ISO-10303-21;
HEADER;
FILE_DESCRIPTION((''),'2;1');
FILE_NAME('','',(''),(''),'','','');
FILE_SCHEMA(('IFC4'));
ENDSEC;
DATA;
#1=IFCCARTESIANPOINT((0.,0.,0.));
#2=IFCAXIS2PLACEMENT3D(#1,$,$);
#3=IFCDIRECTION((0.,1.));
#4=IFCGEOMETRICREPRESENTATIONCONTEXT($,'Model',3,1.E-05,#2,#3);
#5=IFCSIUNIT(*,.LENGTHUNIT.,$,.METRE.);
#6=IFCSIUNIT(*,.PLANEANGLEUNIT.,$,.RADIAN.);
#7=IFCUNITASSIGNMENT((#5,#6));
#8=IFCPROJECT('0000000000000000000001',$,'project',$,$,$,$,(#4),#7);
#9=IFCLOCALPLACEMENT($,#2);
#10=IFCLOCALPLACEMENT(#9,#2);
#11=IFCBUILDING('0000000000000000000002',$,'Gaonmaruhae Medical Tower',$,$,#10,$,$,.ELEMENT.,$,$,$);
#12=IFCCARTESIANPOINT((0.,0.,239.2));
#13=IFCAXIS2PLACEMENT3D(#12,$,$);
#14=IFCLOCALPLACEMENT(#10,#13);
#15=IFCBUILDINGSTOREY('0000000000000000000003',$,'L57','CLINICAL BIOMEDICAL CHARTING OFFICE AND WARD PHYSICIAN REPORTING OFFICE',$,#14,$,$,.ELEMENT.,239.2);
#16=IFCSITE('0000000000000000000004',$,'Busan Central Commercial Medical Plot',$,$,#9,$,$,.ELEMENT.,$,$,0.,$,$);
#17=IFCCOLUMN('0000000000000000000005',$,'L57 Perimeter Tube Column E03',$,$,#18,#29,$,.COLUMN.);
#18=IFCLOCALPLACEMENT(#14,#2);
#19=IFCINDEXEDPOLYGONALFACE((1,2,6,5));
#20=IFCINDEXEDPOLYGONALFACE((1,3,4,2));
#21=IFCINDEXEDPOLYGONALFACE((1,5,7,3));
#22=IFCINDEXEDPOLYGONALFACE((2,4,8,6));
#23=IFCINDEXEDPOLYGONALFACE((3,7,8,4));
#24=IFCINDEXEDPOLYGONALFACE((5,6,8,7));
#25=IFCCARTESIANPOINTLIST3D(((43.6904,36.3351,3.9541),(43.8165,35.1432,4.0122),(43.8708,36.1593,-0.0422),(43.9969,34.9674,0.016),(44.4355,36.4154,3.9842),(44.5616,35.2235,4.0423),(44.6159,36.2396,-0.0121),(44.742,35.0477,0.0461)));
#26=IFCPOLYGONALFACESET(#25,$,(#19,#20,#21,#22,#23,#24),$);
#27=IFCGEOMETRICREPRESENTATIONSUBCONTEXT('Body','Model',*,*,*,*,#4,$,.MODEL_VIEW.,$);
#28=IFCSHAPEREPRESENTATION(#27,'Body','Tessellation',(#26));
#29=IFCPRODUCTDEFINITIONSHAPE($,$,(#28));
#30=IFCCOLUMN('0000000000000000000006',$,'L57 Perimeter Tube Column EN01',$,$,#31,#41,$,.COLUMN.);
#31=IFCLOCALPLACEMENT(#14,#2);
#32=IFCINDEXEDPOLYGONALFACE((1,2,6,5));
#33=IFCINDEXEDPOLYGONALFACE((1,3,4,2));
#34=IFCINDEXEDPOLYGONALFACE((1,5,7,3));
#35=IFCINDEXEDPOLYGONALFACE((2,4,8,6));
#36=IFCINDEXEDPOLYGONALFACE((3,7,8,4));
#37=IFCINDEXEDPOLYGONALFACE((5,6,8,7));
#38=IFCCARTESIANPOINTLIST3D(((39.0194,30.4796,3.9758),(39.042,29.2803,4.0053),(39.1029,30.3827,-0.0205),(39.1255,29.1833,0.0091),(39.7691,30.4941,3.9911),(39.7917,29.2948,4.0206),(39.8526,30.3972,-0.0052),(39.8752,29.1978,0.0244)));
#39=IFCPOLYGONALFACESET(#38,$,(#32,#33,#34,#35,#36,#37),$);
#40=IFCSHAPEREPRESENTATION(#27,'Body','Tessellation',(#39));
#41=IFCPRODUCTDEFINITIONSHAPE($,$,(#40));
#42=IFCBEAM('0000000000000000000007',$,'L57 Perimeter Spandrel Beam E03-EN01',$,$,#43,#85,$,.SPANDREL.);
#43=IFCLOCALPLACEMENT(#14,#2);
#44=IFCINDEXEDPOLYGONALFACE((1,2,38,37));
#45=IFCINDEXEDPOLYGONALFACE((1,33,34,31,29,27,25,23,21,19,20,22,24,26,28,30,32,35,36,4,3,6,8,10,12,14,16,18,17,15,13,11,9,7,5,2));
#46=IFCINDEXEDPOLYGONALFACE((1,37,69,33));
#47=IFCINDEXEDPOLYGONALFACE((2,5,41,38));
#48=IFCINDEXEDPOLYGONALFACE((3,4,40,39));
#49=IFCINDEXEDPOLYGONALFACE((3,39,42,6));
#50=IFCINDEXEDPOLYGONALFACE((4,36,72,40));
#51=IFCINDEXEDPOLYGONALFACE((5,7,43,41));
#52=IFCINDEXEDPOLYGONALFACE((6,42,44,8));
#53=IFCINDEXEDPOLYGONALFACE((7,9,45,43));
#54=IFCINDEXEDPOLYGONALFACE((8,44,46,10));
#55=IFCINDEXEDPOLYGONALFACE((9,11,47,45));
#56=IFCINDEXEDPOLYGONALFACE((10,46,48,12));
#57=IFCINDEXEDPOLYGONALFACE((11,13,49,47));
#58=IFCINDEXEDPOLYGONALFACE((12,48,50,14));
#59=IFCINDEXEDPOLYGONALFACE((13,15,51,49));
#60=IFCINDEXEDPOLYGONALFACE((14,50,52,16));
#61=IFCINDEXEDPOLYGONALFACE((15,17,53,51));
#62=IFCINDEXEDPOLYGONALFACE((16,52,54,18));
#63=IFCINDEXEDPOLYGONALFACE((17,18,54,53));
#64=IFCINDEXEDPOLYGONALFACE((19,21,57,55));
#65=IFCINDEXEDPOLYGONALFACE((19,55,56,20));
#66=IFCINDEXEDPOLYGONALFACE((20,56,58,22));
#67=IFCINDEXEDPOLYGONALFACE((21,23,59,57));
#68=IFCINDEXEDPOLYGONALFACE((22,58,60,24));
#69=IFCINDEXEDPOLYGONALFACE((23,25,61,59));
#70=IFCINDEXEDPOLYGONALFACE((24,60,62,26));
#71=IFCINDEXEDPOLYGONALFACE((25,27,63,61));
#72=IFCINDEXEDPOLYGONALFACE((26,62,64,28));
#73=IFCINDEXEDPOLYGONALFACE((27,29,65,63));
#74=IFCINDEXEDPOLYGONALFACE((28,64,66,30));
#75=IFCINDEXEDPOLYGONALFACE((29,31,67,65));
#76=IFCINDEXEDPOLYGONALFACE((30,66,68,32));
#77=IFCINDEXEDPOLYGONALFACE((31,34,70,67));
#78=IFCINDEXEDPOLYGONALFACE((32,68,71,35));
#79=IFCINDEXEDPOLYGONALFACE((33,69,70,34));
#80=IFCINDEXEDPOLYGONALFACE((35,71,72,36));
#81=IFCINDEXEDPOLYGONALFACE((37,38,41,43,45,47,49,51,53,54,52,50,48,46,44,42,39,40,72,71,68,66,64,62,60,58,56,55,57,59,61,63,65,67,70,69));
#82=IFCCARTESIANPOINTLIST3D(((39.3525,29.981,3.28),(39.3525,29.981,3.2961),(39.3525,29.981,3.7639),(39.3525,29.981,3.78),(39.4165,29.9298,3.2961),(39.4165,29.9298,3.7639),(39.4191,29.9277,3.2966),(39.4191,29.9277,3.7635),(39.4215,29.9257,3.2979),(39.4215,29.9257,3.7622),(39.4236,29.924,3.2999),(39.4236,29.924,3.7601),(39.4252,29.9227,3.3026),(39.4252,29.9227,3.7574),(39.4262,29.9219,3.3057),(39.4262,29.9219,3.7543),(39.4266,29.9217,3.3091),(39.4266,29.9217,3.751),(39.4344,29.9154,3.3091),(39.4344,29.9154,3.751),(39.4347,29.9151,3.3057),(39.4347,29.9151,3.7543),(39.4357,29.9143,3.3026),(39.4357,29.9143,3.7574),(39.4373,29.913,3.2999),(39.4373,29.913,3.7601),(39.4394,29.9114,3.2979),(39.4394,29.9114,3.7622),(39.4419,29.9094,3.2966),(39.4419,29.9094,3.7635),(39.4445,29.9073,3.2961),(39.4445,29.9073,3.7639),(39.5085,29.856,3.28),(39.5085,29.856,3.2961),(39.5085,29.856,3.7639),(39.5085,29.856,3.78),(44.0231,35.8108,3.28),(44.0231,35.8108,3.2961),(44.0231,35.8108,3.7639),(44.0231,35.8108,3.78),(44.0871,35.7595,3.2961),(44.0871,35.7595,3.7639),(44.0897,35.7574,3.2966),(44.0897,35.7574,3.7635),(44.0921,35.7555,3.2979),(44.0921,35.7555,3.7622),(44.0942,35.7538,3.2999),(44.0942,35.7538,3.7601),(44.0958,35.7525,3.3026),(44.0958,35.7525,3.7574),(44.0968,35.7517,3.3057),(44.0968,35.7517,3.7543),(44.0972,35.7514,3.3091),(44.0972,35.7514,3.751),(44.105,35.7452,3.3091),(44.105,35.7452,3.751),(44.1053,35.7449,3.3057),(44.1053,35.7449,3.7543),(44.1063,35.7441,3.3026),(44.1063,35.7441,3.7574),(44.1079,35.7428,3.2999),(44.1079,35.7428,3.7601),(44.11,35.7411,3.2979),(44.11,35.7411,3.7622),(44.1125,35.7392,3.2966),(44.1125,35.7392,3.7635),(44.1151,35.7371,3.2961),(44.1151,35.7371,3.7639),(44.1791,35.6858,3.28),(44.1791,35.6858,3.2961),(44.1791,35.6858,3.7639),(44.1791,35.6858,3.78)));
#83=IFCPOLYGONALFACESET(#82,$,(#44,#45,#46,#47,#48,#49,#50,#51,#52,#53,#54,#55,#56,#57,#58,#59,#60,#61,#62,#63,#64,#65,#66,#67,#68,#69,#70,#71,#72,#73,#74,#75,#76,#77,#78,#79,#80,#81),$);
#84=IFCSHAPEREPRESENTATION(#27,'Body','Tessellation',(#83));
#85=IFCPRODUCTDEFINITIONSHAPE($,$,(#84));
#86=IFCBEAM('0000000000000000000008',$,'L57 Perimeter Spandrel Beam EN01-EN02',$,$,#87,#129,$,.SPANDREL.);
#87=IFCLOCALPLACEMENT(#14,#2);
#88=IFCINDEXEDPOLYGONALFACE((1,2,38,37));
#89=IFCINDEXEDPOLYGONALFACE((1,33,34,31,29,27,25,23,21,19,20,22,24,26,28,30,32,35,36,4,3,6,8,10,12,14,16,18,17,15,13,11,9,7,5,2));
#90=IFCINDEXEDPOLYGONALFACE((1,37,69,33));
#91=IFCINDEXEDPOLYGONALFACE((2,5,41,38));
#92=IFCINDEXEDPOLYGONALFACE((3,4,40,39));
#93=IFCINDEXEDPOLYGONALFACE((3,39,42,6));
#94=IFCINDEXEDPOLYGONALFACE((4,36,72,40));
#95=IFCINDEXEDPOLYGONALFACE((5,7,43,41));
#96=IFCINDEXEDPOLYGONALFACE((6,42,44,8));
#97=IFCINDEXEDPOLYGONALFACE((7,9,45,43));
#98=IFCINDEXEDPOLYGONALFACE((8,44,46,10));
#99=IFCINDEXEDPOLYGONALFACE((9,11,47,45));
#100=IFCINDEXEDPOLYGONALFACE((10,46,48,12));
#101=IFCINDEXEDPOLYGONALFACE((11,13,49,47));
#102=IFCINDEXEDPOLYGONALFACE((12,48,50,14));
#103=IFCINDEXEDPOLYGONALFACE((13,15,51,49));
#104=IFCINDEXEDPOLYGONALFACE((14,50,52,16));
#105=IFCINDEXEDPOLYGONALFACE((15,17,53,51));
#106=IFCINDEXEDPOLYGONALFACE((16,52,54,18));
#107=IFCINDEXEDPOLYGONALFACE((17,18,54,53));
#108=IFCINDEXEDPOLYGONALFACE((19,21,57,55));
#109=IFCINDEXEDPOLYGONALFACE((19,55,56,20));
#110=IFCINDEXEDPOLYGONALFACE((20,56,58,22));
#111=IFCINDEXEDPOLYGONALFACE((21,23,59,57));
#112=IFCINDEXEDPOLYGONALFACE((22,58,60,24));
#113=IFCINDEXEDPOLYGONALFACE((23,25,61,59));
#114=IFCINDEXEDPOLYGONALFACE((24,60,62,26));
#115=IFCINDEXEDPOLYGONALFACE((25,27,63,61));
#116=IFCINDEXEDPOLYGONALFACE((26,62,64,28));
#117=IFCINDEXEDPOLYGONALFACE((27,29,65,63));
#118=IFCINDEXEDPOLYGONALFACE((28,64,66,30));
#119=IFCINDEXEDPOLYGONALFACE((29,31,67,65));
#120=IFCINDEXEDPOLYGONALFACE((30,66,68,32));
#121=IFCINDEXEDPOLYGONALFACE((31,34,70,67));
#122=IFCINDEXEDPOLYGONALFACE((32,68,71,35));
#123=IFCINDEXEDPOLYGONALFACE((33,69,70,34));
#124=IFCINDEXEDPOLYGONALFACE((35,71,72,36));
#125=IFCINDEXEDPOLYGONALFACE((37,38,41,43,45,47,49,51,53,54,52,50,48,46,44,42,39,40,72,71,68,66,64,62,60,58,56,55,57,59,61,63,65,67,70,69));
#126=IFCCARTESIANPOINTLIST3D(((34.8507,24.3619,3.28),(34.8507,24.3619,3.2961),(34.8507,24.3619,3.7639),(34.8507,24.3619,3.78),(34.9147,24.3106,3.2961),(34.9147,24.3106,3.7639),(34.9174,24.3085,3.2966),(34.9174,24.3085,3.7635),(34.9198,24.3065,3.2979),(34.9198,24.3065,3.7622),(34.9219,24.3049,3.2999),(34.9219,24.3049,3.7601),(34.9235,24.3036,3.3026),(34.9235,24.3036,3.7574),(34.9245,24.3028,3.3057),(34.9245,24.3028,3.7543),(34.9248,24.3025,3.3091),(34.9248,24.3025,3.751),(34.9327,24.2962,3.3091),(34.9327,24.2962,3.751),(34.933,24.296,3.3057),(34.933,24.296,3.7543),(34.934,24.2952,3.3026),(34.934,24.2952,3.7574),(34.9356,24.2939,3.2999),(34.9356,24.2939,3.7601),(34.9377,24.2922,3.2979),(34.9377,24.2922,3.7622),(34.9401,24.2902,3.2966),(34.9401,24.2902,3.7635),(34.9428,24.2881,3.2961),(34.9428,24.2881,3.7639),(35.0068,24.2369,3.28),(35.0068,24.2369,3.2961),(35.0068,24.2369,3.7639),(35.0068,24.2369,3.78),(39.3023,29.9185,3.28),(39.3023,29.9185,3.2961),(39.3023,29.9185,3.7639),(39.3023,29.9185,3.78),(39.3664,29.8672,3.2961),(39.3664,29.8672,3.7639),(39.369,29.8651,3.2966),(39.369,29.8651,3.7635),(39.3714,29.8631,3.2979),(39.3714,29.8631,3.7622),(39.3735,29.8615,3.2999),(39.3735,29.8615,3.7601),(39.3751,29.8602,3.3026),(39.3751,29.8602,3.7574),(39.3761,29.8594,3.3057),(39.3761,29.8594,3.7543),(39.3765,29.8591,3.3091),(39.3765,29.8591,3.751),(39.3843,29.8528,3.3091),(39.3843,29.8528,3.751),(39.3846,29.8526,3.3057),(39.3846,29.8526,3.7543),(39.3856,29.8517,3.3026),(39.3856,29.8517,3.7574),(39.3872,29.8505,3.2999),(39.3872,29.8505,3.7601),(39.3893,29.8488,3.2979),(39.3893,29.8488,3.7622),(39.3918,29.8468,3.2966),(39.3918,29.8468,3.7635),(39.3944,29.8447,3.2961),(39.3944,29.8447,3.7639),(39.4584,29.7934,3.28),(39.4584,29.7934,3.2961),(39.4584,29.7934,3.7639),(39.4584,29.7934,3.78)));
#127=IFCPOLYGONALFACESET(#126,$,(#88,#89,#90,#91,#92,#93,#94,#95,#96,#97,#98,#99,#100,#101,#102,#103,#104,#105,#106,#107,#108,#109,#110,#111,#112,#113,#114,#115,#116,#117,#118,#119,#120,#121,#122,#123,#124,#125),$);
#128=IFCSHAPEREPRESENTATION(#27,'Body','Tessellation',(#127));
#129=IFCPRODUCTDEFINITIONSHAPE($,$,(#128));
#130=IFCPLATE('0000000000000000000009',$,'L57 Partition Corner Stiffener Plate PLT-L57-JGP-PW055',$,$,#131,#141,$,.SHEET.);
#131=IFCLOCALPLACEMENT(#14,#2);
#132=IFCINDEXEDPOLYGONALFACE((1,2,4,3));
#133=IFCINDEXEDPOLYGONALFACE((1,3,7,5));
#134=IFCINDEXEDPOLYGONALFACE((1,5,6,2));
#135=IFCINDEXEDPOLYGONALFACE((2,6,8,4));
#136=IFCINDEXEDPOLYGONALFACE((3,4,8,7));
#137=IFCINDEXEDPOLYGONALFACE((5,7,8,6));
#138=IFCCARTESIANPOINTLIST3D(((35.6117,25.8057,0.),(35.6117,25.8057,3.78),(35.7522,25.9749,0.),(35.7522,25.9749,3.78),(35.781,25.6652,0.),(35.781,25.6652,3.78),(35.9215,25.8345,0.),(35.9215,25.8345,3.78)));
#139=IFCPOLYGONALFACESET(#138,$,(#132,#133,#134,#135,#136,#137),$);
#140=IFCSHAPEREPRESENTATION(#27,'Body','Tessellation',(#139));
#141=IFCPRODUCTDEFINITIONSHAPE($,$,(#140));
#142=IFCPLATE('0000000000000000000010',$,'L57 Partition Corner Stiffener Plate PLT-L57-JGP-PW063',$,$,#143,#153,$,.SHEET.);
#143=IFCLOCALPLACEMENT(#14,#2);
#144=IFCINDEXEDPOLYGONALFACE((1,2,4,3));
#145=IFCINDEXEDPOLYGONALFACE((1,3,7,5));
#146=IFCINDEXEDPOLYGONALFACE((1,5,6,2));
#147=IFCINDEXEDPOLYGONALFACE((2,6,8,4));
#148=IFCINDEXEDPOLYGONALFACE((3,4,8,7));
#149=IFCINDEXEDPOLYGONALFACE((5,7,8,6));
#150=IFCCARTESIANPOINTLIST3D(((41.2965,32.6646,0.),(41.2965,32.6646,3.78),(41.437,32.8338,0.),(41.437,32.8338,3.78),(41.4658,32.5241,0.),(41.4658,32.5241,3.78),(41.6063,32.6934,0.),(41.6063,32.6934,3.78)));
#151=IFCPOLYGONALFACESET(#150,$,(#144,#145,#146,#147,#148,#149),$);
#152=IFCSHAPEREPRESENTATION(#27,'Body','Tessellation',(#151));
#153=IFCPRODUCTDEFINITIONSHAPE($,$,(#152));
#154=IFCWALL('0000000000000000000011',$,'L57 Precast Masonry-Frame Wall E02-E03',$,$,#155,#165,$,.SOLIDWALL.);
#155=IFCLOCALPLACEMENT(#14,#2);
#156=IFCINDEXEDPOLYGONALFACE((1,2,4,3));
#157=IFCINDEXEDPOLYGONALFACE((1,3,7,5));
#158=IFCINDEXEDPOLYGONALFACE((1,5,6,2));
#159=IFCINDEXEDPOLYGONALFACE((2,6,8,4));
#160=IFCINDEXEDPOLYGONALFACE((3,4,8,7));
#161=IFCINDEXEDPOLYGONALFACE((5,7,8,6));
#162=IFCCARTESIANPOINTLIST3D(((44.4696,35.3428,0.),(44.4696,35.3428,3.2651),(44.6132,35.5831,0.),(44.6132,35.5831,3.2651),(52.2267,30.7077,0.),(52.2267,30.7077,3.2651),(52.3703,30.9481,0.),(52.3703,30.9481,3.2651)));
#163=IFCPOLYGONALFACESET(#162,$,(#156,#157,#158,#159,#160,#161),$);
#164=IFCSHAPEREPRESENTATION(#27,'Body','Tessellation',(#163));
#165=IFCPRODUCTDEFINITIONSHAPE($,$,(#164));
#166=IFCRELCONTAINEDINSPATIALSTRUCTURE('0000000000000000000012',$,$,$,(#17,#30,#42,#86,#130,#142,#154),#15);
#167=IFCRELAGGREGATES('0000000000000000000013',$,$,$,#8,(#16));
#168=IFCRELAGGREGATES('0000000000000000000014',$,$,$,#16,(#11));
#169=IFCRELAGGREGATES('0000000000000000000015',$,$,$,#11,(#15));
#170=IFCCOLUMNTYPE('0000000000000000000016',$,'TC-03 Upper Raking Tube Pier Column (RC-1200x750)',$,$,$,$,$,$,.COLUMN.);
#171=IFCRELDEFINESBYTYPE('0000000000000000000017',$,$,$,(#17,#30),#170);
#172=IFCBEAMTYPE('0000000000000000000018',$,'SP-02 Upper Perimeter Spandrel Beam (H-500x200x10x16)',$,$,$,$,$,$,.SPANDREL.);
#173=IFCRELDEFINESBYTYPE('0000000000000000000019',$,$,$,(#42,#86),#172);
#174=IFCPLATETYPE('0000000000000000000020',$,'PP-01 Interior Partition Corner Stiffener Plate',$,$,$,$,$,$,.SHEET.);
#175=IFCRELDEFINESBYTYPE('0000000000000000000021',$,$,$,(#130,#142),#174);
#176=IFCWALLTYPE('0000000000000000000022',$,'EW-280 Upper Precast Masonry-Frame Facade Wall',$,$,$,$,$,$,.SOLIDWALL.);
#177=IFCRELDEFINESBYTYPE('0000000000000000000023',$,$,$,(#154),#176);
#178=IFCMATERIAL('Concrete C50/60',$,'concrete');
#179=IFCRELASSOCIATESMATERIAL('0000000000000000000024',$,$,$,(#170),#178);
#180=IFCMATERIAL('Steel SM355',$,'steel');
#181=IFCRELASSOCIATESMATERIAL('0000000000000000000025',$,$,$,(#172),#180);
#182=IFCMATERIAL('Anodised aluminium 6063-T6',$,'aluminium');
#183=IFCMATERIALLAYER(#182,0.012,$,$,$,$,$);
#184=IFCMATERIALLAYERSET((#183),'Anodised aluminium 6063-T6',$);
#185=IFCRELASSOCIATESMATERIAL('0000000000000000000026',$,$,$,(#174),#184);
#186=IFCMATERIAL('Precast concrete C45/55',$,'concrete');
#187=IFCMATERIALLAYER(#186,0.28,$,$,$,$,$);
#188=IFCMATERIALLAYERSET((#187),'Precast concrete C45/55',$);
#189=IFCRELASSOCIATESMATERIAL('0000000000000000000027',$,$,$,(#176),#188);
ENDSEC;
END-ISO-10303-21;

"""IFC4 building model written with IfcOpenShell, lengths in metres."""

from ifc_helpers import new_model, si_unit, direction, frame, frame_2d, origin, origin_2d, place, context, subcontext, project, spatial, rectangle, i_section, extrude, material, layer, layer_set, material_profile, profile_set, type_object, element, save


model = new_model("IFC4")

# Units and contexts
model_context = context("Model", 3, precision=1e-05, world=origin(), true_north=direction((0.0, 1.0)))
body_context = subcontext(model_context, "Body", "Model", "MODEL_VIEW")
ifc_project = project(units=[si_unit("LENGTHUNIT", "METRE"), si_unit("PLANEANGLEUNIT", "RADIAN")], contexts=[model_context])

# Site, building, storey
site_placement = place(None, origin())
site = spatial("IfcSite", under=ifc_project, at=site_placement, Name="Busan Central Commercial Medical Plot", CompositionType="ELEMENT", RefElevation=0.0)
building_placement = place(site_placement, origin())
building = spatial("IfcBuilding", under=site, at=building_placement, Name="Gaonmaruhae Medical Tower", CompositionType="ELEMENT")
storey_placement = place(building_placement, frame((0.0, 0.0, 239.2)))
storey = spatial("IfcBuildingStorey", under=building, at=storey_placement, Name="L57", Description="CLINICAL BIOMEDICAL CHARTING OFFICE AND WARD PHYSICIAN REPORTING OFFICE", CompositionType="ELEMENT", Elevation=239.2)

# Columns
ifc_material_1 = material(Name="Concrete C50/60", Category="concrete")
ifc_material_profile_1 = material_profile(ifc_material_1, rectangle(XDim=1.2, YDim=0.75, at=origin_2d()), Name="RC-1200x750")
ifc_profile_set_1 = profile_set([ifc_material_profile_1], Name="Concrete C50/60")
column_type = type_object("IfcColumnType", Name="TC-03 Upper Raking Tube Pier Column (RC-1200x750)", PredefinedType="COLUMN", material=ifc_profile_set_1)
column_1_placement = place(storey_placement, frame((44.3064, 35.6035, 0.002), z_axis=(-0.045057, 0.043898, 0.998019), x_axis=(0.105104, -0.993281, 0.048435)))
element("IfcColumn", 1, at=column_1_placement, inside=storey, type_object=column_type, Name="L57 Perimeter Tube Column E03", PredefinedType="COLUMN", context=body_context, shape_type="SweptSolid", body=[
    extrude(rectangle(XDim=1.2, YDim=0.75, at=origin_2d()), origin(), (0.0, 0.0, 1.0), 4.0042),
])
column_2_placement = place(storey_placement, frame((39.489, 29.7903, 0.002), z_axis=(-0.020882, 0.024241, 0.999488), x_axis=(0.018829, -0.999519, 0.024635)))
element("IfcColumn", 2, at=column_2_placement, inside=storey, type_object=column_type, Name="L57 Perimeter Tube Column EN01", PredefinedType="COLUMN", context=body_context, shape_type="SweptSolid", body=[
    extrude(rectangle(XDim=1.2, YDim=0.75, at=origin_2d()), origin(), (0.0, 0.0, 1.0), 3.9983),
])

# Beams
ifc_material_2 = material(Name="Steel SM355", Category="steel")
ifc_material_profile_2 = material_profile(ifc_material_2, i_section(OverallWidth=0.2, OverallDepth=0.5, WebThickness=0.01, FlangeThickness=0.0161, FilletRadius=0.0129, at=origin_2d()), Name="H-500x200x10x16")
ifc_profile_set_2 = profile_set([ifc_material_profile_2], Name="Steel SM355")
beam_type = type_object("IfcBeamType", Name="SP-02 Upper Perimeter Spandrel Beam (H-500x200x10x16)", PredefinedType="SPANDREL", material=ifc_profile_set_2)
beam_1_placement = place(storey_placement, frame((44.1011, 35.7483, 3.53), z_axis=(-0.625249, -0.780425, 0.0), x_axis=(0.780425, -0.625249, 0.0)))
element("IfcBeam", 3, at=beam_1_placement, inside=storey, type_object=beam_type, Name="L57 Perimeter Spandrel Beam E03-EN01", PredefinedType="SPANDREL", context=body_context, shape_type="SweptSolid", body=[
    extrude(i_section(OverallWidth=0.2, OverallDepth=0.5, WebThickness=0.01, FlangeThickness=0.0161, FilletRadius=0.0129, at=origin_2d()), origin(), (0.0, 0.0, 1.0), 7.47),
])
beam_2_placement = place(storey_placement, frame((39.3804, 29.856, 3.53), z_axis=(-0.625239, -0.780434, 0.0), x_axis=(0.780434, -0.625239, 0.0)))
element("IfcBeam", 4, at=beam_2_placement, inside=storey, type_object=beam_type, Name="L57 Perimeter Spandrel Beam EN01-EN02", PredefinedType="SPANDREL", context=body_context, shape_type="SweptSolid", body=[
    extrude(i_section(OverallWidth=0.2, OverallDepth=0.5, WebThickness=0.01, FlangeThickness=0.0161, FilletRadius=0.0129, at=origin_2d()), origin(), (0.0, 0.0, 1.0), 7.1199),
])

# Plates
ifc_material_3 = material(Name="Anodised aluminium 6063-T6", Category="aluminium")
ifc_layer_1 = layer(ifc_material_3, 0.012)
ifc_layer_set_1 = layer_set([ifc_layer_1], Name="Anodised aluminium 6063-T6")
plate_type = type_object("IfcPlateType", Name="PP-01 Interior Partition Corner Stiffener Plate", PredefinedType="SHEET", material=ifc_layer_set_1)
for number, where, z_axis, x_axis, name in (
    (5, (35.7666, 25.8201, 0.0), (0.0, 0.0, 1.0), (0.769533, -0.638607, 0.0), "L57 Partition Corner Stiffener Plate PLT-L57-JGP-PW055"),
    (6, (41.4514, 32.679, 0.0), (0.0, 0.0, 1.0), (0.769533, -0.638607, 0.0), "L57 Partition Corner Stiffener Plate PLT-L57-JGP-PW063"),
):
    element("IfcPlate", number, at=place(storey_placement, frame(where, z_axis=z_axis, x_axis=x_axis)), inside=storey, type_object=plate_type, Name=name, PredefinedType="SHEET", context=body_context, shape_type="SweptSolid", body=[
        extrude(rectangle(XDim=0.22, YDim=0.22, at=origin_2d()), origin(), (0.0, 0.0, 1.0), 3.78),
    ])

# Wall
ifc_material_4 = material(Name="Precast concrete C45/55", Category="concrete")
ifc_layer_2 = layer(ifc_material_4, 0.28)
ifc_layer_set_2 = layer_set([ifc_layer_2], Name="Precast concrete C45/55")
wall_type_1 = type_object("IfcWallType", Name="EW-280 Upper Precast Masonry-Frame Facade Wall", PredefinedType="SOLIDWALL", material=ifc_layer_set_2)
wall_1_placement = place(storey_placement, frame((44.5415, 35.4629, 0.0), z_axis=(0.0, 0.0, 1.0), x_axis=(0.858431, -0.512929, 0.0)))
element("IfcWall", 7, at=wall_1_placement, inside=storey, type_object=wall_type_1, Name="L57 Precast Masonry-Frame Wall E02-E03", PredefinedType="SOLIDWALL", context=body_context, shape_type="SweptSolid", body=[
    extrude(rectangle(XDim=9.0364, YDim=0.28, at=frame_2d((4.5181, 0.0))), origin(), (0.0, 0.0, 1.0), 3.2651),
])

save(model, "model.ifc")
